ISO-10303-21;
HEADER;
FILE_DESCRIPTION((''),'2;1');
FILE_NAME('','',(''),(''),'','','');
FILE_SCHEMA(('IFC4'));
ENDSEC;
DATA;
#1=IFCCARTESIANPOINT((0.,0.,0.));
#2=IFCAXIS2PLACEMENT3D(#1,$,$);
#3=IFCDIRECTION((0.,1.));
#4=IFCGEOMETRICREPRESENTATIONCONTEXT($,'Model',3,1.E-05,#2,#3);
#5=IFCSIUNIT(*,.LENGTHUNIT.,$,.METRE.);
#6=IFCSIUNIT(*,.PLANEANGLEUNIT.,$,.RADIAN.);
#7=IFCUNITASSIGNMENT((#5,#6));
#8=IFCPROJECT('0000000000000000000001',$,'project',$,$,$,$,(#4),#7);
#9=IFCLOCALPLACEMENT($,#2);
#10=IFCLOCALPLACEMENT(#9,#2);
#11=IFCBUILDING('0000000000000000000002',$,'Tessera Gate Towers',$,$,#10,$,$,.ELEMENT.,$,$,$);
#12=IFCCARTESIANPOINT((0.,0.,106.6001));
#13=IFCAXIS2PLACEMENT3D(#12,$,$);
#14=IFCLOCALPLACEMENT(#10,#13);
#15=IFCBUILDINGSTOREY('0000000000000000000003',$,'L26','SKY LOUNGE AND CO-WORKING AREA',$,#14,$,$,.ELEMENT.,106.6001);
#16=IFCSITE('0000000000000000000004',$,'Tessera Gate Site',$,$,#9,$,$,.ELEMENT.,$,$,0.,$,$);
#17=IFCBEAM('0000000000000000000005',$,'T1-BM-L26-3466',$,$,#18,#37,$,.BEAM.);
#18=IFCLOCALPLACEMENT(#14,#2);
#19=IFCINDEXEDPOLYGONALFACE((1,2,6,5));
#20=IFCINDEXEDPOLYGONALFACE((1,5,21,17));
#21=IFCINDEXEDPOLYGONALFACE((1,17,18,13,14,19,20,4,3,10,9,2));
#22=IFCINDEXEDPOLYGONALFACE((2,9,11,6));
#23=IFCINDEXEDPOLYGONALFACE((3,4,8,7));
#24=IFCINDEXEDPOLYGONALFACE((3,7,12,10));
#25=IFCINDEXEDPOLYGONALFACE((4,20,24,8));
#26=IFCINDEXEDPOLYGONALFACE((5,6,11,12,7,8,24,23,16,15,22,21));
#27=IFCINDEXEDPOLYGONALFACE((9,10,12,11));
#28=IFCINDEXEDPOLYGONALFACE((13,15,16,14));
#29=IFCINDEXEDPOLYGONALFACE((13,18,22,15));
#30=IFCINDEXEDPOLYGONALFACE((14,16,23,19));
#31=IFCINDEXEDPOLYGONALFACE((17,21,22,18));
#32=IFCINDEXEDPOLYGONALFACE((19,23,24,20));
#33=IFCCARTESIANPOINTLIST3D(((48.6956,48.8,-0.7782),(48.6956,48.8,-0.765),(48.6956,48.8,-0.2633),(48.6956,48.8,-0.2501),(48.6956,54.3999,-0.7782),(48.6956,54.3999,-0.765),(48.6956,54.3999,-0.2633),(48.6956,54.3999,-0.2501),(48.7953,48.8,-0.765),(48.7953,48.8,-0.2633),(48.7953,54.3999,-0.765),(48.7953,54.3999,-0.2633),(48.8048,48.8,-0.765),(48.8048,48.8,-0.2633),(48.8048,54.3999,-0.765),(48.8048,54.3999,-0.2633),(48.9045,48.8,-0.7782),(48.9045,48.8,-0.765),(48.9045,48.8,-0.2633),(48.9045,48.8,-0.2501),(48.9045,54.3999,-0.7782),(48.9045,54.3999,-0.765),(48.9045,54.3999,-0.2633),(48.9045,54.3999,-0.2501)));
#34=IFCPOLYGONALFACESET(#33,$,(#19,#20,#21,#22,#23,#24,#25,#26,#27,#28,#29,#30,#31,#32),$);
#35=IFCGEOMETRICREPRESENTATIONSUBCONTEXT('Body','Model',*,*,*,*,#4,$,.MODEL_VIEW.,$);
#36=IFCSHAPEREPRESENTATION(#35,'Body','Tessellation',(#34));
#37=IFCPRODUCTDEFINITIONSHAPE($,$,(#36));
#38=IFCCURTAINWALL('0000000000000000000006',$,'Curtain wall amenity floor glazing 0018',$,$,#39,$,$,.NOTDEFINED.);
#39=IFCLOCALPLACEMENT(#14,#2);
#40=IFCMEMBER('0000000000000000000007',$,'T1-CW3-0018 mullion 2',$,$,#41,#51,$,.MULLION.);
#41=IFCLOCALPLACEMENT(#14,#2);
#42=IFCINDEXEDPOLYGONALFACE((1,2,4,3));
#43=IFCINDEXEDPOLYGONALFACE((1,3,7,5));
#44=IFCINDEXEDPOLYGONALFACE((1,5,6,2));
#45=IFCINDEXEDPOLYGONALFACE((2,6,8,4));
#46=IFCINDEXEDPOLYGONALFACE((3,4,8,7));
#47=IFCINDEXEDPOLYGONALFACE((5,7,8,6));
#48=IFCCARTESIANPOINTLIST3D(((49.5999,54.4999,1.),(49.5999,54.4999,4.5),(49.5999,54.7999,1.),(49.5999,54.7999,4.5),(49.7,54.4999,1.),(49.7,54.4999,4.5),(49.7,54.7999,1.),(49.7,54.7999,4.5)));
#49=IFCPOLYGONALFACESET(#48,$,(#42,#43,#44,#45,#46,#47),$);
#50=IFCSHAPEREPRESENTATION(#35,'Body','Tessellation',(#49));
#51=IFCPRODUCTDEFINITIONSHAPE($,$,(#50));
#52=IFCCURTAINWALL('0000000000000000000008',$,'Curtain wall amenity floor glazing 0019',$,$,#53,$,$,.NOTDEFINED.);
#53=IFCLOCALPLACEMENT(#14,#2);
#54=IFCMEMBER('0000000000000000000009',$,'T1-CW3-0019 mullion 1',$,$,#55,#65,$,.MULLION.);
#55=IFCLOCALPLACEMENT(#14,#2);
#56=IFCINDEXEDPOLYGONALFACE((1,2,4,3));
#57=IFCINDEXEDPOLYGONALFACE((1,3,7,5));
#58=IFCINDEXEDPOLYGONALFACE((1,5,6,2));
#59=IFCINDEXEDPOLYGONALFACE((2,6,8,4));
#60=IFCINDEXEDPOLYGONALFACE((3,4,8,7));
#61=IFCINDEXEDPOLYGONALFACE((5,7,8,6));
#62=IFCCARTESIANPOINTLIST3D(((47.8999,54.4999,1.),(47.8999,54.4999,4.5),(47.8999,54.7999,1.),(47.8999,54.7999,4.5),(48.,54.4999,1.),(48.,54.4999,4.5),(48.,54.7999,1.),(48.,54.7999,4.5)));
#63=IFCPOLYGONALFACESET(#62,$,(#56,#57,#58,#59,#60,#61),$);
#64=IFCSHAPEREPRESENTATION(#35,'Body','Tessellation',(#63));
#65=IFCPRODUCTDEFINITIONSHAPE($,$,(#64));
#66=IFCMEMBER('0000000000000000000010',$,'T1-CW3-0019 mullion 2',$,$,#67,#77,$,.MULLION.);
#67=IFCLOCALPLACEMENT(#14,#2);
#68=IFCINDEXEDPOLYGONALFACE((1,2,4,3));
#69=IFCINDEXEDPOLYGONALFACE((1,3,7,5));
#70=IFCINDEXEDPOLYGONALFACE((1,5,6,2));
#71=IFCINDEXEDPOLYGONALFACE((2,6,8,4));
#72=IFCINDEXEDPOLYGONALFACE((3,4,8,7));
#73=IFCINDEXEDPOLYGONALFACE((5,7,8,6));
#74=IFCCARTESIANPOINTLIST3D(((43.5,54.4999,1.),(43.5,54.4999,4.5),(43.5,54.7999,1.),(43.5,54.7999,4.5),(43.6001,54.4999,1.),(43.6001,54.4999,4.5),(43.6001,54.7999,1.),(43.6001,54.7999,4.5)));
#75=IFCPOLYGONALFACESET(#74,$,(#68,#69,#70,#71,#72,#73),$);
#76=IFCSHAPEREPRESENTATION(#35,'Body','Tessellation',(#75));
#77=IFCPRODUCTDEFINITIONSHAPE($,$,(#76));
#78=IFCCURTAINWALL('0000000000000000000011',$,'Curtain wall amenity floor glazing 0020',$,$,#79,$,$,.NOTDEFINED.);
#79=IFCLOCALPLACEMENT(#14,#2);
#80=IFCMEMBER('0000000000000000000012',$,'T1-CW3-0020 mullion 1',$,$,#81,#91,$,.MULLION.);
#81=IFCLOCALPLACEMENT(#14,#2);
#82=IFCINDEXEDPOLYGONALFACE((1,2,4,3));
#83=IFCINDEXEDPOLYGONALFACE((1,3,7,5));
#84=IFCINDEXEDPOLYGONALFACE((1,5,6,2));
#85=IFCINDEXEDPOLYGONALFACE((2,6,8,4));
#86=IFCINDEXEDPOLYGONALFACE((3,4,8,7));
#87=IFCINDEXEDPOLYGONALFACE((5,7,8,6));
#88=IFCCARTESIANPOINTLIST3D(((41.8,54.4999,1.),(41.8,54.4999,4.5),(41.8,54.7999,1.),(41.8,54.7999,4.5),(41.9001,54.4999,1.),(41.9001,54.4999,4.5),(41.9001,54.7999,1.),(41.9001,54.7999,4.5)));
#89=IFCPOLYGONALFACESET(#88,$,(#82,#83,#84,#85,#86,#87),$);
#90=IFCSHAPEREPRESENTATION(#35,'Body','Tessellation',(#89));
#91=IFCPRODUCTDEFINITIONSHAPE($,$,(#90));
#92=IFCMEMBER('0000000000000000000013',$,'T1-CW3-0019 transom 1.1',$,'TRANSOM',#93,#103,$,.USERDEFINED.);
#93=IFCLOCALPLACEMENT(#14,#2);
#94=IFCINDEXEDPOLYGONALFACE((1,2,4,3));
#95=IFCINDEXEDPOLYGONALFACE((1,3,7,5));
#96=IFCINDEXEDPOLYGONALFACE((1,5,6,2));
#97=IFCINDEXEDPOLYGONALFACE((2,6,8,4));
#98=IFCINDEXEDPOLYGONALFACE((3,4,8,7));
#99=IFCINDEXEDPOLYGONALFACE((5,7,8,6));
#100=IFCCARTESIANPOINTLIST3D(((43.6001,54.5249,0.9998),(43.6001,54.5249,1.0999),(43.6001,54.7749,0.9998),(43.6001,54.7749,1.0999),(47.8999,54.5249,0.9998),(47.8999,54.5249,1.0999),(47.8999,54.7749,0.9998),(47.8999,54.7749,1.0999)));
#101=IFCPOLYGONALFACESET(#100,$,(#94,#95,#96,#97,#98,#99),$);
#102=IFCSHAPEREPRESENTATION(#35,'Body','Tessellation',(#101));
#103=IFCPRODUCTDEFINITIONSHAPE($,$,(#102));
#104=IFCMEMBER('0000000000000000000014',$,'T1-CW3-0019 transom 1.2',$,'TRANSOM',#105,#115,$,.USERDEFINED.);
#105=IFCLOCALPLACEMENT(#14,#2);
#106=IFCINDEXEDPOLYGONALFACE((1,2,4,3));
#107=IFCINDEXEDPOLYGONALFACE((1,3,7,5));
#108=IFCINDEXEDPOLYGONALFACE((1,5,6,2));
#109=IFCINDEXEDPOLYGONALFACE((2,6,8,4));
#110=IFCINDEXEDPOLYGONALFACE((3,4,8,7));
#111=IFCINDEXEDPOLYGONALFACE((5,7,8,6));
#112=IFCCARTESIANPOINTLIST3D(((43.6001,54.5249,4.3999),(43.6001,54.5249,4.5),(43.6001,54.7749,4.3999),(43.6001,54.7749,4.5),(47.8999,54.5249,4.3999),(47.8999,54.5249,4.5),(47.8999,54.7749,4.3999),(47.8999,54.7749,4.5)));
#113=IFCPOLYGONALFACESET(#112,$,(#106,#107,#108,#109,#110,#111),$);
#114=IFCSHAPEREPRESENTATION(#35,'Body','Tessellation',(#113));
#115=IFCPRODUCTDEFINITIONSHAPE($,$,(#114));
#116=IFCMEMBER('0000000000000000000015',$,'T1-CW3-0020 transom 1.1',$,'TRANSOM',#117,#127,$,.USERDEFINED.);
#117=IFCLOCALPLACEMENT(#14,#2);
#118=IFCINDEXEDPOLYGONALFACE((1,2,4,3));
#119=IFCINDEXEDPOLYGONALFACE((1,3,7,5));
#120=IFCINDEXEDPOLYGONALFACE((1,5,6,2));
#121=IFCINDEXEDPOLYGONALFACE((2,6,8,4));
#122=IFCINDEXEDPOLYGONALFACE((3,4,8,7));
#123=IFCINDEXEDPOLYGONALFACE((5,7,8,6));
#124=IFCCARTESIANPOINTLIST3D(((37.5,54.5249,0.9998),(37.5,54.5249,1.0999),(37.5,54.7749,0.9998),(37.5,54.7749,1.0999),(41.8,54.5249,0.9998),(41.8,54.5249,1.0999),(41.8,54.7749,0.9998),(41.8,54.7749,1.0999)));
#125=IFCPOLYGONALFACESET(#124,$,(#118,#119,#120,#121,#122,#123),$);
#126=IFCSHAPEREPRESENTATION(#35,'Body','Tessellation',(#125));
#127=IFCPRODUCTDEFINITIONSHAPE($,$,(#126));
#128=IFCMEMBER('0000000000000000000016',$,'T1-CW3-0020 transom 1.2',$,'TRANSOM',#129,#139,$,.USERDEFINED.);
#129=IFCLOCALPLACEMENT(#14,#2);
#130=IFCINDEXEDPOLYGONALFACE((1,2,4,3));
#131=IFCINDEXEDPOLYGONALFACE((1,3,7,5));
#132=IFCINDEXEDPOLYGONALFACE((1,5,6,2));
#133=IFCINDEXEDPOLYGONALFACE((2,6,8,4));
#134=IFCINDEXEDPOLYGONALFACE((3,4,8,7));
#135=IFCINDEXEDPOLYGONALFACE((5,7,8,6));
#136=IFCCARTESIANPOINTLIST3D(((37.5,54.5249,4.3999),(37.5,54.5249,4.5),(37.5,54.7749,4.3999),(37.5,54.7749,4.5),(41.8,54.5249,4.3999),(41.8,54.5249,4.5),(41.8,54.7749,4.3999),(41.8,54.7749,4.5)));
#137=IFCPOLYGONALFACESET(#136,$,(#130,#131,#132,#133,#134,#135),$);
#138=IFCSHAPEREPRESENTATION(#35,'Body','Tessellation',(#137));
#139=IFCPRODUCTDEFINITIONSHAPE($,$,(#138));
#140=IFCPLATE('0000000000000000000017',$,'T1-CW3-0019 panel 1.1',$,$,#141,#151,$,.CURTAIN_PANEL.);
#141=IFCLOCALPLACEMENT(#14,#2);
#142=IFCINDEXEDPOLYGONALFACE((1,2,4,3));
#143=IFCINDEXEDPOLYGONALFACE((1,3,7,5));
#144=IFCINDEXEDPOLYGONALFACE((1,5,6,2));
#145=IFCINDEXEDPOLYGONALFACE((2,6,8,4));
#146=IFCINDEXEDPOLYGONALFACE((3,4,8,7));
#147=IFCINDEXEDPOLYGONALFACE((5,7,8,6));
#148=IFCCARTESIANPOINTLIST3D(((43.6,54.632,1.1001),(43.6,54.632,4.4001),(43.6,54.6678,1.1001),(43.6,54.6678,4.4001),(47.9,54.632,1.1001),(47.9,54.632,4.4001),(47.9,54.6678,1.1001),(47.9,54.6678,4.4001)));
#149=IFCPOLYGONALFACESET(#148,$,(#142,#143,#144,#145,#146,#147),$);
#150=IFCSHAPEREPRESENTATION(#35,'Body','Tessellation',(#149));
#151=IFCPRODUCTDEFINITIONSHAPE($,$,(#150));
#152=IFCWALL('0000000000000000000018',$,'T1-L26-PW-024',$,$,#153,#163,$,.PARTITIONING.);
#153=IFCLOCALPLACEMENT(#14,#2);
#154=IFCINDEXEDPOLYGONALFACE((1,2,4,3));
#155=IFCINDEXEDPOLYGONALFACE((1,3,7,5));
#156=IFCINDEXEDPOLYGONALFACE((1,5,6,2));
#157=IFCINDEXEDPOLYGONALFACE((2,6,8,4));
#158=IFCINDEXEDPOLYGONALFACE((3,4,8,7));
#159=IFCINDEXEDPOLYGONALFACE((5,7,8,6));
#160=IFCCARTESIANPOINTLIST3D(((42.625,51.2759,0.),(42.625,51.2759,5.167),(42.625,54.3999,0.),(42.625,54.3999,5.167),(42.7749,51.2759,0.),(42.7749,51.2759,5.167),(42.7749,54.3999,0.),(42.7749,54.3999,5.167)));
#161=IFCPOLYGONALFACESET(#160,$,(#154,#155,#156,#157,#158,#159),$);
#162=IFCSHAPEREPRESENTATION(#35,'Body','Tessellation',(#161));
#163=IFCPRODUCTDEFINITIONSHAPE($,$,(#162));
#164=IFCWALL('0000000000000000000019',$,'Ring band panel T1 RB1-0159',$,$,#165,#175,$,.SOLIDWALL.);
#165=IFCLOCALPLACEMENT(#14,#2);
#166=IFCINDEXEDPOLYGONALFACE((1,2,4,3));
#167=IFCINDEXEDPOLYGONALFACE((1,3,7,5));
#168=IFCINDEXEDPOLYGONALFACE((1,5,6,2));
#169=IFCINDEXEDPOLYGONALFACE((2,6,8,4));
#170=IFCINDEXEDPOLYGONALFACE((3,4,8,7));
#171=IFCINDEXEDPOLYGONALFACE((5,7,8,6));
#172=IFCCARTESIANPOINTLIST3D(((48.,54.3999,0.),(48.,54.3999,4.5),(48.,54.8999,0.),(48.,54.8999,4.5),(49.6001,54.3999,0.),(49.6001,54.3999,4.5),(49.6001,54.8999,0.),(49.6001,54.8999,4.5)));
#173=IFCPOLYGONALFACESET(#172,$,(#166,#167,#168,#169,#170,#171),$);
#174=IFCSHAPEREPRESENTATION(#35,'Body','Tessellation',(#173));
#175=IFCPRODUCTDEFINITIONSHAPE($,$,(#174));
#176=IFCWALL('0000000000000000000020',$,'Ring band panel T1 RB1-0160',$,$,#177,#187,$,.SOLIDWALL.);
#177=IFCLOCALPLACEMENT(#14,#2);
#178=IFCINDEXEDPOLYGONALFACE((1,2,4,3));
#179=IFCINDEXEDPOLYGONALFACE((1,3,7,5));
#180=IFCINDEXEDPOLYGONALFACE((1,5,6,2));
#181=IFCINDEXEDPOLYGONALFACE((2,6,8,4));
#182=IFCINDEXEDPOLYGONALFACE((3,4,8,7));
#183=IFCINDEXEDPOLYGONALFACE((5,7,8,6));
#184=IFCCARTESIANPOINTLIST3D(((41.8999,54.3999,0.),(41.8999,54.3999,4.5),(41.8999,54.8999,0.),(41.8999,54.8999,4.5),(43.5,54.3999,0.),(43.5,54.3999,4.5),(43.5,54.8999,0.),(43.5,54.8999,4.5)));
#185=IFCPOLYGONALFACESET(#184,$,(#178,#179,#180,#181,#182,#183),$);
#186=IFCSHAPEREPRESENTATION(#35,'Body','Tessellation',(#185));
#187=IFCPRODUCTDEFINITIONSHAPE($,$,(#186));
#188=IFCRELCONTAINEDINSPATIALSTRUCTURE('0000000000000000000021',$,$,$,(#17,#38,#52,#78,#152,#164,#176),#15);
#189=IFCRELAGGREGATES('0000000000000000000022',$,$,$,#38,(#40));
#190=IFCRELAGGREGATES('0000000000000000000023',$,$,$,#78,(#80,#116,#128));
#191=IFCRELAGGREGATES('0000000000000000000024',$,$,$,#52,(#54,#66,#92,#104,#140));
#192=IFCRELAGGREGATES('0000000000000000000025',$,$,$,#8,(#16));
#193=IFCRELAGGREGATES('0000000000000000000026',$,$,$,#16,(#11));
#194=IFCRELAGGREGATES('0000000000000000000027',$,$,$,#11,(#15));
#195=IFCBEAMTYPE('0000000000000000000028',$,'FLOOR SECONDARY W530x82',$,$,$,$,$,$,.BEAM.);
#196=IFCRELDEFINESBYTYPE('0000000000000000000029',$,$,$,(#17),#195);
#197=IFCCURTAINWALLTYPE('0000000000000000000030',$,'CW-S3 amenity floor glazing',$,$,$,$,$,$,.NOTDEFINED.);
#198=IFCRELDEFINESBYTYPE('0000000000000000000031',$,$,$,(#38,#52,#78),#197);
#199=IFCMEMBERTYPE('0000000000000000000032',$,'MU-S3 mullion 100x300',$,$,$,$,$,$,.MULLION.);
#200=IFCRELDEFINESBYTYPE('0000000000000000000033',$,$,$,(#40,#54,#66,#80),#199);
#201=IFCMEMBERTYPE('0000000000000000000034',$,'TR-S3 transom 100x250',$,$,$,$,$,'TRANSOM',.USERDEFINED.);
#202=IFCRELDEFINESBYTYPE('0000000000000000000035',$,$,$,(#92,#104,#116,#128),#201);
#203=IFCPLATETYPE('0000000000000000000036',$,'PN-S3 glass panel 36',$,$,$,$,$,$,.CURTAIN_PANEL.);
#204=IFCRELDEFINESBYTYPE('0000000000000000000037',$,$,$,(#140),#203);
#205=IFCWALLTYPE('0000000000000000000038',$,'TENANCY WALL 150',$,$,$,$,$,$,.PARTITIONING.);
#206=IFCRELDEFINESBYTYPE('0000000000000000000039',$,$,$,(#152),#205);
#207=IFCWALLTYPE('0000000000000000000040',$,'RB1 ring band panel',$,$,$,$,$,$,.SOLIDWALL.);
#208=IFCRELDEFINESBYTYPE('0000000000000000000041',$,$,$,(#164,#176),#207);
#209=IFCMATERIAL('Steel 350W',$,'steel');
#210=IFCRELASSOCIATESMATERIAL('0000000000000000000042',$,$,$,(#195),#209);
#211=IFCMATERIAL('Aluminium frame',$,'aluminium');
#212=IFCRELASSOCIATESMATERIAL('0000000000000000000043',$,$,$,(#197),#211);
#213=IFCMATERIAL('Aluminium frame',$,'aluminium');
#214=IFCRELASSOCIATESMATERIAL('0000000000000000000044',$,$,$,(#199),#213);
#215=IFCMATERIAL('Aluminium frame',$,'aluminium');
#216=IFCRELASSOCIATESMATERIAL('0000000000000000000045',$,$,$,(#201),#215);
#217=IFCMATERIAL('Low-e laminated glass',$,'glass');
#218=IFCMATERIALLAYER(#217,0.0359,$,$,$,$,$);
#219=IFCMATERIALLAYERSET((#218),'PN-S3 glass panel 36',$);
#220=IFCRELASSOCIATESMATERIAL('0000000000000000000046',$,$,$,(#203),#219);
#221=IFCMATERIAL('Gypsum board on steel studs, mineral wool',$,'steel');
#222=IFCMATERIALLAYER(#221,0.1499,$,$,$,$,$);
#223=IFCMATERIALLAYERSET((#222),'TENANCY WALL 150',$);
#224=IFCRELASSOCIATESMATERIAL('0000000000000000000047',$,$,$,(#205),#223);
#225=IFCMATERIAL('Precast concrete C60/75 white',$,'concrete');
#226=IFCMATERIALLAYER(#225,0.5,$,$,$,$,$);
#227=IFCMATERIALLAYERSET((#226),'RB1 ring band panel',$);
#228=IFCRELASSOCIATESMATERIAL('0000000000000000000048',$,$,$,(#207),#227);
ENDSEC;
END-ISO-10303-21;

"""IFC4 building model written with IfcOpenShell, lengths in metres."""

from ifc_helpers import new_model, si_unit, direction, frame, frame_2d, origin, origin_2d, place, context, subcontext, project, spatial, polyline, rectangle, i_section, outline, extrude, source, transform, mapped, material, layer, layer_set, material_profile, profile_set, type_object, element, aggregate, save


model = new_model("IFC4")

# Units and contexts
model_context = context("Model", 3, precision=1e-05, world=origin(), true_north=direction((0.0, 1.0)))
body_context = subcontext(model_context, "Body", "Model", "MODEL_VIEW")
ifc_project = project(units=[si_unit("LENGTHUNIT", "METRE"), si_unit("PLANEANGLEUNIT", "RADIAN")], contexts=[model_context])

# Site, building, storey
site_placement = place(None, origin())
site = spatial("IfcSite", under=ifc_project, at=site_placement, Name="Tessera Gate Site", CompositionType="ELEMENT", RefElevation=0.0)
building_placement = place(site_placement, origin())
building = spatial("IfcBuilding", under=site, at=building_placement, Name="Tessera Gate Towers", CompositionType="ELEMENT")
storey_placement = place(building_placement, frame((0.0, 0.0, 106.6001)))
storey = spatial("IfcBuildingStorey", under=building, at=storey_placement, Name="L26", Description="SKY LOUNGE AND CO-WORKING AREA", CompositionType="ELEMENT", Elevation=106.6001)

# Beam
ifc_material_1 = material(Name="Steel 350W", Category="steel")
ifc_material_profile_1 = material_profile(ifc_material_1, i_section(OverallWidth=0.209, OverallDepth=0.5281, WebThickness=0.0095, FlangeThickness=0.0132, at=origin_2d()), Name="W530x82")
ifc_profile_set_1 = profile_set([ifc_material_profile_1], Name="Steel 350W")
beam_type = type_object("IfcBeamType", Name="FLOOR SECONDARY W530x82", PredefinedType="BEAM", material=ifc_profile_set_1)
beam_placement = place(storey_placement, frame((48.8, 48.8, -0.5142), z_axis=(0.0, 1.0, 0.0), x_axis=(-1.0, 0.0, 0.0)))
element("IfcBeam", 1, at=beam_placement, inside=storey, type_object=beam_type, Name="T1-BM-L26-3466", PredefinedType="BEAM", context=body_context, shape_type="SweptSolid", body=[
    extrude(i_section(OverallWidth=0.209, OverallDepth=0.5281, WebThickness=0.0095, FlangeThickness=0.0132, at=origin_2d()), origin(), (0.0, 0.0, 1.0), 5.5999),
])

# Curtain wall, member
ifc_material_2 = material(Name="Aluminium frame", Category="aluminium")
curtain_wall_type = type_object("IfcCurtainWallType", Name="CW-S3 amenity floor glazing", PredefinedType="NOTDEFINED", material=ifc_material_2)
curtain_wall_1_placement = place(storey_placement, origin())
curtain_wall_1 = element("IfcCurtainWall", 2, at=curtain_wall_1_placement, inside=storey, type_object=curtain_wall_type, Name="Curtain wall amenity floor glazing 0018", PredefinedType="NOTDEFINED")
ifc_material_3 = material(Name="Aluminium frame", Category="aluminium")
ifc_material_profile_2 = material_profile(ifc_material_3, rectangle(XDim=0.1001, YDim=0.3, at=origin_2d()), Name="AL 100x300")
ifc_profile_set_2 = profile_set([ifc_material_profile_2], Name="Aluminium frame")
member_type_1 = type_object("IfcMemberType", Name="MU-S3 mullion 100x300", PredefinedType="MULLION", material=ifc_profile_set_2)
member_1_placement = place(storey_placement, frame((49.6499, 54.6499, 1.0), z_axis=(0.0, 0.0, 1.0), x_axis=(-1.0, 0.0, 0.0)))
member_1 = element("IfcMember", 3, at=member_1_placement, type_object=member_type_1, Name="T1-CW3-0018 mullion 2", PredefinedType="MULLION", context=body_context, shape_type="SweptSolid", body=[
    extrude(rectangle(XDim=0.1001, YDim=0.3, at=origin_2d()), origin(), (0.0, 0.0, 1.0), 3.5),
])
aggregate(curtain_wall_1, [member_1])

# Curtain wall, members
curtain_wall_2_placement = place(storey_placement, origin())
curtain_wall_2 = element("IfcCurtainWall", 4, at=curtain_wall_2_placement, inside=storey, type_object=curtain_wall_type, Name="Curtain wall amenity floor glazing 0019", PredefinedType="NOTDEFINED")
member_2_placement = place(storey_placement, frame((47.95, 54.6499, 1.0), z_axis=(0.0, 0.0, 1.0), x_axis=(-1.0, 0.0, 0.0)))
member_2 = element("IfcMember", 5, at=member_2_placement, type_object=member_type_1, Name="T1-CW3-0019 mullion 1", PredefinedType="MULLION", context=body_context, shape_type="SweptSolid", body=[
    extrude(rectangle(XDim=0.1001, YDim=0.3, at=origin_2d()), origin(), (0.0, 0.0, 1.0), 3.5),
])
member_3_placement = place(storey_placement, frame((43.55, 54.6499, 1.0), z_axis=(0.0, 0.0, 1.0), x_axis=(-1.0, 0.0, 0.0)))
member_3 = element("IfcMember", 6, at=member_3_placement, type_object=member_type_1, Name="T1-CW3-0019 mullion 2", PredefinedType="MULLION", context=body_context, shape_type="SweptSolid", body=[
    extrude(rectangle(XDim=0.1001, YDim=0.3, at=origin_2d()), origin(), (0.0, 0.0, 1.0), 3.5),
])

# Curtain wall, member
curtain_wall_3_placement = place(storey_placement, origin())
curtain_wall_3 = element("IfcCurtainWall", 7, at=curtain_wall_3_placement, inside=storey, type_object=curtain_wall_type, Name="Curtain wall amenity floor glazing 0020", PredefinedType="NOTDEFINED")
member_4_placement = place(storey_placement, frame((41.8501, 54.6499, 1.0), z_axis=(0.0, 0.0, 1.0), x_axis=(-1.0, 0.0, 0.0)))
member_4 = element("IfcMember", 8, at=member_4_placement, type_object=member_type_1, Name="T1-CW3-0020 mullion 1", PredefinedType="MULLION", context=body_context, shape_type="SweptSolid", body=[
    extrude(rectangle(XDim=0.1001, YDim=0.3, at=origin_2d()), origin(), (0.0, 0.0, 1.0), 3.5),
])

# Members
ifc_material_4 = material(Name="Aluminium frame", Category="aluminium")
ifc_material_profile_3 = material_profile(ifc_material_4, rectangle(XDim=0.25, YDim=0.1001, at=origin_2d()), Name="AL 100x250")
ifc_profile_set_3 = profile_set([ifc_material_profile_3], Name="Aluminium frame")
member_type_2 = type_object("IfcMemberType", Name="TR-S3 transom 100x250", ElementType="TRANSOM", PredefinedType="USERDEFINED", material=ifc_profile_set_3)
member_5_placement = place(storey_placement, frame((47.8999, 54.6499, 1.0498), z_axis=(-1.0, 0.0, 0.0), x_axis=(0.0, -1.0, 0.0)))
member_5 = element("IfcMember", 9, at=member_5_placement, type_object=member_type_2, Name="T1-CW3-0019 transom 1.1", ObjectType="TRANSOM", PredefinedType="USERDEFINED", context=body_context, shape_type="SweptSolid", body=[
    extrude(rectangle(XDim=0.25, YDim=0.1001, at=origin_2d()), origin(), (0.0, 0.0, 1.0), 4.2998),
])
member_6_placement = place(storey_placement, frame((47.8999, 54.6499, 4.45), z_axis=(-1.0, 0.0, 0.0), x_axis=(0.0, -1.0, 0.0)))
member_6 = element("IfcMember", 10, at=member_6_placement, type_object=member_type_2, Name="T1-CW3-0019 transom 1.2", ObjectType="TRANSOM", PredefinedType="USERDEFINED", context=body_context, shape_type="SweptSolid", body=[
    extrude(rectangle(XDim=0.25, YDim=0.1001, at=origin_2d()), origin(), (0.0, 0.0, 1.0), 4.2998),
])
member_7_placement = place(storey_placement, frame((41.8, 54.6499, 1.0498), z_axis=(-1.0, 0.0, 0.0), x_axis=(0.0, -1.0, 0.0)))
member_7 = element("IfcMember", 11, at=member_7_placement, type_object=member_type_2, Name="T1-CW3-0020 transom 1.1", ObjectType="TRANSOM", PredefinedType="USERDEFINED", context=body_context, shape_type="SweptSolid", body=[
    extrude(rectangle(XDim=0.25, YDim=0.1001, at=origin_2d()), origin(), (0.0, 0.0, 1.0), 4.3),
])
member_8_placement = place(storey_placement, frame((41.8, 54.6499, 4.45), z_axis=(-1.0, 0.0, 0.0), x_axis=(0.0, -1.0, 0.0)))
member_8 = element("IfcMember", 12, at=member_8_placement, type_object=member_type_2, Name="T1-CW3-0020 transom 1.2", ObjectType="TRANSOM", PredefinedType="USERDEFINED", context=body_context, shape_type="SweptSolid", body=[
    extrude(rectangle(XDim=0.25, YDim=0.1001, at=origin_2d()), origin(), (0.0, 0.0, 1.0), 4.3),
])
aggregate(curtain_wall_3, [member_4, member_7, member_8])

# Plate
ifc_material_5 = material(Name="Low-e laminated glass", Category="glass")
ifc_layer_1 = layer(ifc_material_5, 0.0359)
ifc_layer_set_1 = layer_set([ifc_layer_1], Name="PN-S3 glass panel 36")
plate_type = type_object("IfcPlateType", Name="PN-S3 glass panel 36", PredefinedType="CURTAIN_PANEL", material=ifc_layer_set_1)
plate_placement = place(storey_placement, frame((45.75, 54.6499, 1.1001), z_axis=(0.0, 0.0, 1.0), x_axis=(-1.0, 0.0, 0.0)))
plate = element("IfcPlate", 13, at=plate_placement, type_object=plate_type, Name="T1-CW3-0019 panel 1.1", PredefinedType="CURTAIN_PANEL", context=body_context, shape_type="SweptSolid", body=[
    extrude(rectangle(XDim=4.3, YDim=0.0359, at=origin_2d()), origin(), (0.0, 0.0, 1.0), 3.3),
])
aggregate(curtain_wall_2, [member_2, member_3, member_5, member_6, plate])

# Walls
ifc_material_6 = material(Name="Gypsum board on steel studs, mineral wool", Category="steel")
ifc_layer_2 = layer(ifc_material_6, 0.1499)
ifc_layer_set_2 = layer_set([ifc_layer_2], Name="TENANCY WALL 150")
wall_type_1 = type_object("IfcWallType", Name="TENANCY WALL 150", PredefinedType="PARTITIONING", material=ifc_layer_set_2)
wall_1_placement = place(storey_placement, frame((42.7, 51.2759, 0.0), z_axis=(0.0, 0.0, 1.0), x_axis=(0.0, 1.0, 0.0)))
element("IfcWall", 14, at=wall_1_placement, inside=storey, type_object=wall_type_1, Name="T1-L26-PW-024", PredefinedType="PARTITIONING", context=body_context, shape_type="SweptSolid", body=[
    extrude(rectangle(XDim=3.124, YDim=0.1499, at=frame_2d((1.562, 0.0))), origin(), (0.0, 0.0, 1.0), 5.167),
])
ifc_material_7 = material(Name="Precast concrete C60/75 white", Category="concrete")
ifc_layer_3 = layer(ifc_material_7, 0.5)
ifc_layer_set_3 = layer_set([ifc_layer_3], Name="RB1 ring band panel")
wall_type_2 = type_object("IfcWallType", Name="RB1 ring band panel", PredefinedType="SOLIDWALL", material=ifc_layer_set_3)
shared_shape_1 = source(origin(), body_context, "Body", "SweptSolid", [
    extrude(outline(polyline([(0.0, 0.0), (1.6001, 0.0), (1.6001, 4.5), (0.0, 4.5), (0.0, 0.0)])), frame((0.0, 0.25, 0.0), z_axis=(0.0, -1.0, 0.0), x_axis=(1.0, 0.0, 0.0)), (0.0, 0.0, 1.0), 0.5),
])
for number, where, z_axis, x_axis, name in (
    (15, (49.6001, 54.6499, 0.0), (0.0, 0.0, 1.0), (-1.0, 0.0, 0.0), "Ring band panel T1 RB1-0159"),
    (16, (43.5, 54.6499, 0.0), (0.0, 0.0, 1.0), (-1.0, 0.0, 0.0), "Ring band panel T1 RB1-0160"),
):
    element("IfcWall", number, at=place(storey_placement, frame(where, z_axis=z_axis, x_axis=x_axis)), inside=storey, type_object=wall_type_2, Name=name, PredefinedType="SOLIDWALL", context=body_context, shape_type="MappedRepresentation", body=[
        mapped(shared_shape_1, transform((0.0, 0.0, 0.0), scale=1.0)),
    ])

save(model, "model.ifc")
